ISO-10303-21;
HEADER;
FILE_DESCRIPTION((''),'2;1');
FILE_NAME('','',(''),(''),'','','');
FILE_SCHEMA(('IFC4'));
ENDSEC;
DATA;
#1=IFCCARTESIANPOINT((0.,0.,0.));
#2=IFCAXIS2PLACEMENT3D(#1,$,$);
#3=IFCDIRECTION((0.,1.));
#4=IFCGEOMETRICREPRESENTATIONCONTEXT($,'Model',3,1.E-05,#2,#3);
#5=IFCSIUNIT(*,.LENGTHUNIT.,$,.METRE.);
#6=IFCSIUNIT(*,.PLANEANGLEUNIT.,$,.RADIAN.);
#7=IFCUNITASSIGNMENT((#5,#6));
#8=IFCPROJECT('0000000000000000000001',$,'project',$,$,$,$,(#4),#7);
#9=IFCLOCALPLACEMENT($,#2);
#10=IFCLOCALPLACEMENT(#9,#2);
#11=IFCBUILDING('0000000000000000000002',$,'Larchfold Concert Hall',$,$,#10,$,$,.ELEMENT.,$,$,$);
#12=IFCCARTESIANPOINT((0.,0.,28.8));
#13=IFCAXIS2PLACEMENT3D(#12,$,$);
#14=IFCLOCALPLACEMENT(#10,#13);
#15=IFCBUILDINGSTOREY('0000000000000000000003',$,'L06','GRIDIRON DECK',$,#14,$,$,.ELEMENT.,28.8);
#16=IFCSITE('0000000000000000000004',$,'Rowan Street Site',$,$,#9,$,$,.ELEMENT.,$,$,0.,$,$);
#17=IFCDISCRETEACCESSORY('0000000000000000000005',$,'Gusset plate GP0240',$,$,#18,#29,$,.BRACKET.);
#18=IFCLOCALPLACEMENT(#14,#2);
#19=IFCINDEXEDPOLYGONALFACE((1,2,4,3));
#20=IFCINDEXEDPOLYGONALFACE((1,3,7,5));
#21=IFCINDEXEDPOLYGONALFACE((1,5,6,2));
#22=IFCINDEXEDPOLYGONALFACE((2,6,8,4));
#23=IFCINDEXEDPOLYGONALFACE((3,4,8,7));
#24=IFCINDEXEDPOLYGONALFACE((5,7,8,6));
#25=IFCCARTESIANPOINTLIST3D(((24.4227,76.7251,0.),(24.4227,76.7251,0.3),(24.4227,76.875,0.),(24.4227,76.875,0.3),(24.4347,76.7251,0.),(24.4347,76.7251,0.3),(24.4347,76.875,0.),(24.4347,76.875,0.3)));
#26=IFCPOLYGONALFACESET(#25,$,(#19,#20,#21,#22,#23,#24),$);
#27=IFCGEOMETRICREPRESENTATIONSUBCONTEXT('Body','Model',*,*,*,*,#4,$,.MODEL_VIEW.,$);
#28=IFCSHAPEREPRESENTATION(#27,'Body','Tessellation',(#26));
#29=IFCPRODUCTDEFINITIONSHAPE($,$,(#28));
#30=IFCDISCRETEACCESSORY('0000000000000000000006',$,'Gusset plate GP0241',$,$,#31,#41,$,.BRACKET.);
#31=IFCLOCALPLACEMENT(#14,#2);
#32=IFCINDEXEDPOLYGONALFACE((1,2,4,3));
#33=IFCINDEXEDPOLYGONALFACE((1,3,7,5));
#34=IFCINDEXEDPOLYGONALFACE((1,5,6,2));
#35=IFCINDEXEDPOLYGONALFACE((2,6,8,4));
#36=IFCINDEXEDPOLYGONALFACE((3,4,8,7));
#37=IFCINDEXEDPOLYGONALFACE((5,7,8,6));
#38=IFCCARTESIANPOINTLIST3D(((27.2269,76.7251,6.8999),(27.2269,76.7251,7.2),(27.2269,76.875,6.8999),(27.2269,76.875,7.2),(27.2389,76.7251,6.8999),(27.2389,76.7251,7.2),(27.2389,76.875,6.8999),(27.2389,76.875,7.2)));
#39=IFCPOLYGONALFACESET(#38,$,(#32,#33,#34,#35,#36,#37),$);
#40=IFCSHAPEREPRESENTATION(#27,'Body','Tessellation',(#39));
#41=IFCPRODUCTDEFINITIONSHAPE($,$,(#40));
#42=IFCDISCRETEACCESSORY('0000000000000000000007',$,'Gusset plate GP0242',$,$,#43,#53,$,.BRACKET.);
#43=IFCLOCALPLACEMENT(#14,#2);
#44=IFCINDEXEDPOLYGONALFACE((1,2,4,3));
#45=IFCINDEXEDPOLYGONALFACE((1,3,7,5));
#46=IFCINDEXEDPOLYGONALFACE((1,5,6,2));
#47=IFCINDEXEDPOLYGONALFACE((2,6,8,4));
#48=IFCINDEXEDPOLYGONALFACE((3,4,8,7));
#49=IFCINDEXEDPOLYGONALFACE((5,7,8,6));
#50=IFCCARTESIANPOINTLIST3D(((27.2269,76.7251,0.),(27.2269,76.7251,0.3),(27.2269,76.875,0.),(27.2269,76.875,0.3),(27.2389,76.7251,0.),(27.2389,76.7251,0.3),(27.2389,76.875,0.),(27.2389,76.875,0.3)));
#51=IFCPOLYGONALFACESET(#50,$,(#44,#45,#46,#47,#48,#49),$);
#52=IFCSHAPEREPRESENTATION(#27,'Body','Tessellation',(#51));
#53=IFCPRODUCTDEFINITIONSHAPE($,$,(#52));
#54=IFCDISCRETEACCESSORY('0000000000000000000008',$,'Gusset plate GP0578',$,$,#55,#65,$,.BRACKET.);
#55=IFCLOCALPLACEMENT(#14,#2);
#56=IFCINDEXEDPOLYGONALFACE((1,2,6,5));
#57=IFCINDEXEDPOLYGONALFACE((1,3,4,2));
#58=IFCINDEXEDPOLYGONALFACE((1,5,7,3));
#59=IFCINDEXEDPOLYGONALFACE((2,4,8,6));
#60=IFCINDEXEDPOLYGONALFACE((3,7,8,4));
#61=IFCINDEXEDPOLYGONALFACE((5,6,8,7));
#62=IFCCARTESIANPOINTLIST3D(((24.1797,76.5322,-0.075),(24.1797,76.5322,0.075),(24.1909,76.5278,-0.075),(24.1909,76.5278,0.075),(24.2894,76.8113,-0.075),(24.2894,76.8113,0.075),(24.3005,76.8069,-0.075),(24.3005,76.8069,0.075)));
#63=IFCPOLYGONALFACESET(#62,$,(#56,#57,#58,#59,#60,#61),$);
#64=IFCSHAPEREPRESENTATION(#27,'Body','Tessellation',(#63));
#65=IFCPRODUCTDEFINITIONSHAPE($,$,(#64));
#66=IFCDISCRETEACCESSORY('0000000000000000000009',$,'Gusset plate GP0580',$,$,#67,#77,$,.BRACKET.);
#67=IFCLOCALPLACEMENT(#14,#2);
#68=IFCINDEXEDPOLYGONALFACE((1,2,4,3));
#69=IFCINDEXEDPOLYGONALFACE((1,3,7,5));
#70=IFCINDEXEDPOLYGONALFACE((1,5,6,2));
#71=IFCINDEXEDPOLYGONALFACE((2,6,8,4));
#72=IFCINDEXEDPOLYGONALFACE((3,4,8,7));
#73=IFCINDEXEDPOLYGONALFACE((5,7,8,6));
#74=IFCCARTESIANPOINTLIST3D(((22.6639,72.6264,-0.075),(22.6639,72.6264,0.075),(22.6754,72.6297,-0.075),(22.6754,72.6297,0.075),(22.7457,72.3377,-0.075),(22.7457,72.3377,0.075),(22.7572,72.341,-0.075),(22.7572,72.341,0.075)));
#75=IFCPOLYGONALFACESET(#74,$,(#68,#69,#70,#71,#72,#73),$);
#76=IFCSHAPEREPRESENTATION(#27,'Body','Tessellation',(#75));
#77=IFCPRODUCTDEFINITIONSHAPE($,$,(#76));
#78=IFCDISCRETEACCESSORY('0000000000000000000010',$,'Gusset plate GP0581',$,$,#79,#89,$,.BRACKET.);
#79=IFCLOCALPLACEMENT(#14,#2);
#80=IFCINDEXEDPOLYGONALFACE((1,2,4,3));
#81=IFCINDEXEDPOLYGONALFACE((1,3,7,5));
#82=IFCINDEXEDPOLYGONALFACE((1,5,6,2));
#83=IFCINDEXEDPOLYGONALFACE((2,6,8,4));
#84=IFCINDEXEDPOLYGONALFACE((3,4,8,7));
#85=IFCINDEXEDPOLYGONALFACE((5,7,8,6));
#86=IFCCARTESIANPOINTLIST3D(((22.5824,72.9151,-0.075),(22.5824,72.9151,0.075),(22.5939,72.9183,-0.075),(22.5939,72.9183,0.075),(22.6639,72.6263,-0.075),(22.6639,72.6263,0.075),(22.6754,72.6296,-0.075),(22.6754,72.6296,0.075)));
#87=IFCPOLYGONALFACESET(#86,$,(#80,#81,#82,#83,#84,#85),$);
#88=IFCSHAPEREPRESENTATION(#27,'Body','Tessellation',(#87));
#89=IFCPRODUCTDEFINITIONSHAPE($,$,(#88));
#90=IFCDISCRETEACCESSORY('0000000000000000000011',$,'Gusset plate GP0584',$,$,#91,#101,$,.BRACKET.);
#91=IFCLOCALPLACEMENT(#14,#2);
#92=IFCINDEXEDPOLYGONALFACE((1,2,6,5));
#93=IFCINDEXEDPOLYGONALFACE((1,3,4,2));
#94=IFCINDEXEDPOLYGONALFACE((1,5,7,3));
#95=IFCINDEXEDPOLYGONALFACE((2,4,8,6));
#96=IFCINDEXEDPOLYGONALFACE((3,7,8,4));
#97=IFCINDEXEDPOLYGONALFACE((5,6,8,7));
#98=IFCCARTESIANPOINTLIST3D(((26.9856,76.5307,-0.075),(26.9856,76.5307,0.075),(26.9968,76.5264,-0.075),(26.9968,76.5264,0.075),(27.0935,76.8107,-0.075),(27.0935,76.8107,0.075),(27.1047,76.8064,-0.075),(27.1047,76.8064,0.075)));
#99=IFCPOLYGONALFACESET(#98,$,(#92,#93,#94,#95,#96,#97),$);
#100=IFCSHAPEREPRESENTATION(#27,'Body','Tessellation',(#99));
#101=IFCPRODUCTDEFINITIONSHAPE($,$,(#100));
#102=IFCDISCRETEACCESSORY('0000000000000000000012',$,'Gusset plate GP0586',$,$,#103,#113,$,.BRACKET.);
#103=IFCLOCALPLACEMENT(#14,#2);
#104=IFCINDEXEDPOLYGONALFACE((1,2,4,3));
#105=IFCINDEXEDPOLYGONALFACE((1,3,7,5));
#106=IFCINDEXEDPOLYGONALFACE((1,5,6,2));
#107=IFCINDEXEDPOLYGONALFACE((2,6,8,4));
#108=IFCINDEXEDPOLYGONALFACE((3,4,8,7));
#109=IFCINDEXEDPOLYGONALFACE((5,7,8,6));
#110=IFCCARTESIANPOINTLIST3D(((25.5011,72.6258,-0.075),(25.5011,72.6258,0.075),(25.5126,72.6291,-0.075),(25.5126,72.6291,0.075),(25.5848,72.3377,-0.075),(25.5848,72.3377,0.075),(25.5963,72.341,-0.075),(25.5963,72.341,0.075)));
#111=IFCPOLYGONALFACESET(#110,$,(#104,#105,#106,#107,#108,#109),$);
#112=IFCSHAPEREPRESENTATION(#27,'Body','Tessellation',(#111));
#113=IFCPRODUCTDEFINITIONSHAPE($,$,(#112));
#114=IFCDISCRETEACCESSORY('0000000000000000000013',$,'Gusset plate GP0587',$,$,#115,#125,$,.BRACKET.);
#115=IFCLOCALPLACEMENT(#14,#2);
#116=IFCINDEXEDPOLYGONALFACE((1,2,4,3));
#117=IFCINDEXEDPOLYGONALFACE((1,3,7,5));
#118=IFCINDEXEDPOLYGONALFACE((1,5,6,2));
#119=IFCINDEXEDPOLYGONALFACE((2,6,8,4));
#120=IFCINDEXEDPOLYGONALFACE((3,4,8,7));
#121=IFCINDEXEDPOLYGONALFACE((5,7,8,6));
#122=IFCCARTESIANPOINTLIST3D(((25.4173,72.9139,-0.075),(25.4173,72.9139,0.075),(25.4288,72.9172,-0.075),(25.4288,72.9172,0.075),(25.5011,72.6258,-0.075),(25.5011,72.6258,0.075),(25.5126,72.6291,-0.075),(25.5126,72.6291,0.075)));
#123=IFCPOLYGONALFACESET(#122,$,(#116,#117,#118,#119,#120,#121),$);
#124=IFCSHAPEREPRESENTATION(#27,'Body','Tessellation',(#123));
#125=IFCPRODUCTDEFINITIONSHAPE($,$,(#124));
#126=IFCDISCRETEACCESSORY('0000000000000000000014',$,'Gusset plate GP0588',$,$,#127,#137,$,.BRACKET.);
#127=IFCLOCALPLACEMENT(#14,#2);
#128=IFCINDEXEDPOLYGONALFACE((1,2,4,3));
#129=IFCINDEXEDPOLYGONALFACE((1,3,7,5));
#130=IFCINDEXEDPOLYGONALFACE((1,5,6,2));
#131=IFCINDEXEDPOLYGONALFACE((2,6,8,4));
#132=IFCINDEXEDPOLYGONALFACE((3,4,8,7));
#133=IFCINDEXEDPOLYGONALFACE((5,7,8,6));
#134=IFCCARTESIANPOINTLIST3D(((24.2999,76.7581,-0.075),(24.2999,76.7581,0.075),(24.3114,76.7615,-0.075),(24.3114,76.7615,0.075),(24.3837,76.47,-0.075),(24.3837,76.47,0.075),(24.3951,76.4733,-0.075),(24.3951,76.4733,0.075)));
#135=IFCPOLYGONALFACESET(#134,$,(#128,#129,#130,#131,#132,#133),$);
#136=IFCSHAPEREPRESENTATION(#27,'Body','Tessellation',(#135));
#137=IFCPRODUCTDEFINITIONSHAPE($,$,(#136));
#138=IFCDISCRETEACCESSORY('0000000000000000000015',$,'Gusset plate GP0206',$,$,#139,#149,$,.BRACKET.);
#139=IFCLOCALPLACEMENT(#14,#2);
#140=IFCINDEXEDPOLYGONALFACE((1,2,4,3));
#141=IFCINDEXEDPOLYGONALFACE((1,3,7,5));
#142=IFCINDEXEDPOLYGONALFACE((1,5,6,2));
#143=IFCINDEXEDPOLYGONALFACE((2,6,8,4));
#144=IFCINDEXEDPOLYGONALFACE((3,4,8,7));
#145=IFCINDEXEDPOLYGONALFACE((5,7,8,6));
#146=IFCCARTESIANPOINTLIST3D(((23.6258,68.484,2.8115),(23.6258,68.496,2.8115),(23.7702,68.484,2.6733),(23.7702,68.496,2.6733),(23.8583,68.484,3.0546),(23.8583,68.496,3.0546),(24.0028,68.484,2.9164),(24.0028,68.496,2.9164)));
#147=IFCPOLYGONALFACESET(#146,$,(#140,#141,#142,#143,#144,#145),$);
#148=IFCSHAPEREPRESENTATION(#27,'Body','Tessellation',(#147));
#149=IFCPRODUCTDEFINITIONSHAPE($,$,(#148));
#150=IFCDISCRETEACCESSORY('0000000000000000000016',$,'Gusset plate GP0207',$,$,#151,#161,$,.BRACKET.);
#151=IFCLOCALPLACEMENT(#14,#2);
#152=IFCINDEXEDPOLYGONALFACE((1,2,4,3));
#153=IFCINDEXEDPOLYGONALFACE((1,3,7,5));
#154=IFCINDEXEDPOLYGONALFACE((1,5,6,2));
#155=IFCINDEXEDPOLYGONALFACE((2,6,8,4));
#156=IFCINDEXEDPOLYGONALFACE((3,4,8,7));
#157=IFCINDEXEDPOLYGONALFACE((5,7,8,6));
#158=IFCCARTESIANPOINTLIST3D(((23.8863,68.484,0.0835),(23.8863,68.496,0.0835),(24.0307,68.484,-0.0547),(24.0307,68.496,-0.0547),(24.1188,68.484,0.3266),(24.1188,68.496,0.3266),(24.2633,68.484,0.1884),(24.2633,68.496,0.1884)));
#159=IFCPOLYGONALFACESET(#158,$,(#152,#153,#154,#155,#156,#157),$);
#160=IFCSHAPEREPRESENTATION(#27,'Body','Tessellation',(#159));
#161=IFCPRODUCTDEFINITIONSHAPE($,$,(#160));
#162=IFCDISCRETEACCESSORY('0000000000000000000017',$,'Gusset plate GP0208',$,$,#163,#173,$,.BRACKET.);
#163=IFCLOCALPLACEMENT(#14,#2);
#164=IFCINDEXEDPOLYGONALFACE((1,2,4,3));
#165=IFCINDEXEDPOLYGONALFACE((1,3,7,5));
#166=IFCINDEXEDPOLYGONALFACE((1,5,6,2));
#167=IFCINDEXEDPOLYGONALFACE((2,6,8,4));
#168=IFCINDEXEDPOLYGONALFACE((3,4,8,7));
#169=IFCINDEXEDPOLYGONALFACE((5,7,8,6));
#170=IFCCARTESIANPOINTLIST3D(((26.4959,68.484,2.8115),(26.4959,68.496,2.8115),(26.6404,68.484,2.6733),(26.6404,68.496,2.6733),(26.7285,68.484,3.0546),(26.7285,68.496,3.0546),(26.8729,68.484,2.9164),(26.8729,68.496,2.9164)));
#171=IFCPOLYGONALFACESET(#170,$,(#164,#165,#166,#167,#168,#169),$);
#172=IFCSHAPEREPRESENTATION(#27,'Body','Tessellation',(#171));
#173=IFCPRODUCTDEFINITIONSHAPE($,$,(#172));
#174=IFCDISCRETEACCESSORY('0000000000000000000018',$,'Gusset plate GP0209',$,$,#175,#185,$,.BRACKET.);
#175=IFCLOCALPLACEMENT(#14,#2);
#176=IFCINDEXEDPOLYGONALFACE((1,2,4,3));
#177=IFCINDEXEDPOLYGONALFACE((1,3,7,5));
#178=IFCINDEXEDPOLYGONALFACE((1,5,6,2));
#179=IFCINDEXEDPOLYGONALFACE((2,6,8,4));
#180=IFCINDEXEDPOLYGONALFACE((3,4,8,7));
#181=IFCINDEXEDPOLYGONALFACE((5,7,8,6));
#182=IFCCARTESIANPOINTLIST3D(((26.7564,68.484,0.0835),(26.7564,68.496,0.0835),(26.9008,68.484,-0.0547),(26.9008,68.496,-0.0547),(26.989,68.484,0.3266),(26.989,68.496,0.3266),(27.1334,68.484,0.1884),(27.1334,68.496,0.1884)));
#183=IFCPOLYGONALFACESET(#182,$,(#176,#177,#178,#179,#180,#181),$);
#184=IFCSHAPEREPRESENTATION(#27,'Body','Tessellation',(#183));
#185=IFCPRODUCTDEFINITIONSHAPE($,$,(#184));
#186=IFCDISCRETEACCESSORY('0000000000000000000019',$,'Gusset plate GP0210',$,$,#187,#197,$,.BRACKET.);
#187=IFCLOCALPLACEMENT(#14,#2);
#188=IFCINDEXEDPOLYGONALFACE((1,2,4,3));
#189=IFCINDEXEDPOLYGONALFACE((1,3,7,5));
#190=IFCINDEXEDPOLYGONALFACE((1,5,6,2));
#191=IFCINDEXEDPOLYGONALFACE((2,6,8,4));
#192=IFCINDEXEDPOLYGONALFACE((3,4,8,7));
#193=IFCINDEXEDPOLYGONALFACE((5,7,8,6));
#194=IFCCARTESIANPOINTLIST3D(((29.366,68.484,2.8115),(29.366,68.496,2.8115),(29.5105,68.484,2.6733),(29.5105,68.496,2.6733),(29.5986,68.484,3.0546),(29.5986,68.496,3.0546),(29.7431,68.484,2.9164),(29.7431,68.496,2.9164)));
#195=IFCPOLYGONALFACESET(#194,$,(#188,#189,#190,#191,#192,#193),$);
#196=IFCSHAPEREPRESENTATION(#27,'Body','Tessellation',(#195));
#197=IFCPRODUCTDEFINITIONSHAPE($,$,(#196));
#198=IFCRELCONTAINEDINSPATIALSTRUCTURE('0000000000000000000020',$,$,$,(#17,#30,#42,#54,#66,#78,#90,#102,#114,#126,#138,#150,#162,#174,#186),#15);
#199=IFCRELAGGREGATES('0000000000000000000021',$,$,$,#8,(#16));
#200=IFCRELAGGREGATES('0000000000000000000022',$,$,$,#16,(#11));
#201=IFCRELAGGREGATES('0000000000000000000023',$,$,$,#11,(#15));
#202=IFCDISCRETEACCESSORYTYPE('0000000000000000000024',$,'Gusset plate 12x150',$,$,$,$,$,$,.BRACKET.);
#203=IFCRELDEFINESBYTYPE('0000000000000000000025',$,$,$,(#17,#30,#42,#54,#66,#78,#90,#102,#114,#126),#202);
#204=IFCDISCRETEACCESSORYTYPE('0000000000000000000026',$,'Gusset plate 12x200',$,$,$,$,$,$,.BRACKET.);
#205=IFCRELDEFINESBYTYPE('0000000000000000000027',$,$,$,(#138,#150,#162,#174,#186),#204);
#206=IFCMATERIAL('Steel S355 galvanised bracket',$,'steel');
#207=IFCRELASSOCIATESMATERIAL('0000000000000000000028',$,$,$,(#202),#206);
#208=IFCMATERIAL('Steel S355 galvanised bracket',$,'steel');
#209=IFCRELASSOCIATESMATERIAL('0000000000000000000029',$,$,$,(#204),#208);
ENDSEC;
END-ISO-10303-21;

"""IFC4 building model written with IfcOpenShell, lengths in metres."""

from ifc_helpers import new_model, si_unit, direction, frame, origin, origin_2d, place, context, subcontext, project, spatial, rectangle, extrude, material, material_profile, profile_set, type_object, element, save


model = new_model("IFC4")

# Units and contexts
model_context = context("Model", 3, precision=1e-05, world=origin(), true_north=direction((0.0, 1.0)))
body_context = subcontext(model_context, "Body", "Model", "MODEL_VIEW")
ifc_project = project(units=[si_unit("LENGTHUNIT", "METRE"), si_unit("PLANEANGLEUNIT", "RADIAN")], contexts=[model_context])

# Site, building, storey
site_placement = place(None, origin())
site = spatial("IfcSite", under=ifc_project, at=site_placement, Name="Rowan Street Site", CompositionType="ELEMENT", RefElevation=0.0)
building_placement = place(site_placement, origin())
building = spatial("IfcBuilding", under=site, at=building_placement, Name="Larchfold Concert Hall", CompositionType="ELEMENT")
storey_placement = place(building_placement, frame((0.0, 0.0, 28.8)))
storey = spatial("IfcBuildingStorey", under=building, at=storey_placement, Name="L06", Description="GRIDIRON DECK", CompositionType="ELEMENT", Elevation=28.8)

# Discrete accessories
ifc_material_1 = material(Name="Steel S355 galvanised bracket", Category="steel")
ifc_material_profile_1 = material_profile(ifc_material_1, rectangle(XDim=0.012, YDim=0.1499, at=origin_2d()))
ifc_profile_set_1 = profile_set([ifc_material_profile_1], Name="Steel S355 galvanised bracket")
discrete_accessory_type_1 = type_object("IfcDiscreteAccessoryType", Name="Gusset plate 12x150", PredefinedType="BRACKET", material=ifc_profile_set_1)
for number, where, z_axis, x_axis, name in (
    (1, (24.4287, 76.8, 0.3), (0.0, 0.0, -1.0), (1.0, 0.0, 0.0), "Gusset plate GP0240"),
    (2, (27.2329, 76.8, 7.2), (0.0, 0.0, -1.0), (1.0, 0.0, 0.0), "Gusset plate GP0241"),
    (3, (27.2329, 76.8, 0.3), (0.0, 0.0, -1.0), (1.0, 0.0, 0.0), "Gusset plate GP0242"),
):
    element("IfcDiscreteAccessory", number, at=place(storey_placement, frame(where, z_axis=z_axis, x_axis=x_axis)), inside=storey, type_object=discrete_accessory_type_1, Name=name, PredefinedType="BRACKET", context=body_context, shape_type="SweptSolid", body=[
        extrude(rectangle(XDim=0.012, YDim=0.1499, at=origin_2d()), origin(), (0.0, 0.0, 1.0), 0.3),
    ])
discrete_accessory_placement = place(storey_placement, frame((24.1853, 76.53, 0.0), z_axis=(0.365627, 0.930761, 0.0), x_axis=(-0.930761, 0.365627, 0.0)))
element("IfcDiscreteAccessory", 4, at=discrete_accessory_placement, inside=storey, type_object=discrete_accessory_type_1, Name="Gusset plate GP0578", PredefinedType="BRACKET", context=body_context, shape_type="SweptSolid", body=[
    extrude(rectangle(XDim=0.012, YDim=0.1499, at=origin_2d()), origin(), (0.0, 0.0, 1.0), 0.2998),
])
for number, where, z_axis, x_axis, name in (
    (5, (22.7515, 72.3394, 0.0), (-0.272678, 0.962105, 0.0), (-0.962105, -0.272678, 0.0), "Gusset plate GP0580"),
    (6, (22.6697, 72.6279, 0.0), (-0.271711, 0.962379, 0.0), (-0.962379, -0.271711, 0.0), "Gusset plate GP0581"),
    (7, (26.9912, 76.5286, 0.0), (0.359579, 0.933115, 0.0), (-0.933115, 0.359579, 0.0), "Gusset plate GP0584"),
    (8, (25.5906, 72.3394, 0.0), (-0.279125, 0.960255, 0.0), (-0.960255, -0.279125, 0.0), "Gusset plate GP0586"),
    (9, (25.5068, 72.6274, 0.0), (-0.279125, 0.960255, 0.0), (-0.960255, -0.279125, 0.0), "Gusset plate GP0587"),
    (10, (24.3894, 76.4717, 0.0), (-0.279125, 0.960255, 0.0), (-0.960255, -0.279125, 0.0), "Gusset plate GP0588"),
):
    element("IfcDiscreteAccessory", number, at=place(storey_placement, frame(where, z_axis=z_axis, x_axis=x_axis)), inside=storey, type_object=discrete_accessory_type_1, Name=name, PredefinedType="BRACKET", context=body_context, shape_type="SweptSolid", body=[
        extrude(rectangle(XDim=0.012, YDim=0.1499, at=origin_2d()), origin(), (0.0, 0.0, 1.0), 0.3),
    ])
ifc_material_2 = material(Name="Steel S355 galvanised bracket", Category="steel")
ifc_material_profile_2 = material_profile(ifc_material_2, rectangle(XDim=0.012, YDim=0.2, at=origin_2d()))
ifc_profile_set_2 = profile_set([ifc_material_profile_2], Name="Steel S355 galvanised bracket")
discrete_accessory_type_2 = type_object("IfcDiscreteAccessoryType", Name="Gusset plate 12x200", PredefinedType="BRACKET", material=ifc_profile_set_2)
for number, where, z_axis, x_axis, name in (
    (11, (23.698, 68.49, 2.7424), (0.691338, 0.0, 0.722532), (0.0, 1.0, 0.0), "Gusset plate GP0206"),
    (12, (23.9585, 68.49, 0.0144), (0.691338, 0.0, 0.722532), (0.0, 1.0, 0.0), "Gusset plate GP0207"),
    (13, (26.5681, 68.49, 2.7424), (0.691338, 0.0, 0.722532), (0.0, 1.0, 0.0), "Gusset plate GP0208"),
    (14, (26.8286, 68.49, 0.0144), (0.691338, 0.0, 0.722532), (0.0, 1.0, 0.0), "Gusset plate GP0209"),
    (15, (29.4382, 68.49, 2.7424), (0.691338, 0.0, 0.722532), (0.0, 1.0, 0.0), "Gusset plate GP0210"),
):
    element("IfcDiscreteAccessory", number, at=place(storey_placement, frame(where, z_axis=z_axis, x_axis=x_axis)), inside=storey, type_object=discrete_accessory_type_2, Name=name, PredefinedType="BRACKET", context=body_context, shape_type="SweptSolid", body=[
        extrude(rectangle(XDim=0.012, YDim=0.2, at=origin_2d()), origin(), (0.0, 0.0, 1.0), 0.3364),
    ])

save(model, "model.ifc")
